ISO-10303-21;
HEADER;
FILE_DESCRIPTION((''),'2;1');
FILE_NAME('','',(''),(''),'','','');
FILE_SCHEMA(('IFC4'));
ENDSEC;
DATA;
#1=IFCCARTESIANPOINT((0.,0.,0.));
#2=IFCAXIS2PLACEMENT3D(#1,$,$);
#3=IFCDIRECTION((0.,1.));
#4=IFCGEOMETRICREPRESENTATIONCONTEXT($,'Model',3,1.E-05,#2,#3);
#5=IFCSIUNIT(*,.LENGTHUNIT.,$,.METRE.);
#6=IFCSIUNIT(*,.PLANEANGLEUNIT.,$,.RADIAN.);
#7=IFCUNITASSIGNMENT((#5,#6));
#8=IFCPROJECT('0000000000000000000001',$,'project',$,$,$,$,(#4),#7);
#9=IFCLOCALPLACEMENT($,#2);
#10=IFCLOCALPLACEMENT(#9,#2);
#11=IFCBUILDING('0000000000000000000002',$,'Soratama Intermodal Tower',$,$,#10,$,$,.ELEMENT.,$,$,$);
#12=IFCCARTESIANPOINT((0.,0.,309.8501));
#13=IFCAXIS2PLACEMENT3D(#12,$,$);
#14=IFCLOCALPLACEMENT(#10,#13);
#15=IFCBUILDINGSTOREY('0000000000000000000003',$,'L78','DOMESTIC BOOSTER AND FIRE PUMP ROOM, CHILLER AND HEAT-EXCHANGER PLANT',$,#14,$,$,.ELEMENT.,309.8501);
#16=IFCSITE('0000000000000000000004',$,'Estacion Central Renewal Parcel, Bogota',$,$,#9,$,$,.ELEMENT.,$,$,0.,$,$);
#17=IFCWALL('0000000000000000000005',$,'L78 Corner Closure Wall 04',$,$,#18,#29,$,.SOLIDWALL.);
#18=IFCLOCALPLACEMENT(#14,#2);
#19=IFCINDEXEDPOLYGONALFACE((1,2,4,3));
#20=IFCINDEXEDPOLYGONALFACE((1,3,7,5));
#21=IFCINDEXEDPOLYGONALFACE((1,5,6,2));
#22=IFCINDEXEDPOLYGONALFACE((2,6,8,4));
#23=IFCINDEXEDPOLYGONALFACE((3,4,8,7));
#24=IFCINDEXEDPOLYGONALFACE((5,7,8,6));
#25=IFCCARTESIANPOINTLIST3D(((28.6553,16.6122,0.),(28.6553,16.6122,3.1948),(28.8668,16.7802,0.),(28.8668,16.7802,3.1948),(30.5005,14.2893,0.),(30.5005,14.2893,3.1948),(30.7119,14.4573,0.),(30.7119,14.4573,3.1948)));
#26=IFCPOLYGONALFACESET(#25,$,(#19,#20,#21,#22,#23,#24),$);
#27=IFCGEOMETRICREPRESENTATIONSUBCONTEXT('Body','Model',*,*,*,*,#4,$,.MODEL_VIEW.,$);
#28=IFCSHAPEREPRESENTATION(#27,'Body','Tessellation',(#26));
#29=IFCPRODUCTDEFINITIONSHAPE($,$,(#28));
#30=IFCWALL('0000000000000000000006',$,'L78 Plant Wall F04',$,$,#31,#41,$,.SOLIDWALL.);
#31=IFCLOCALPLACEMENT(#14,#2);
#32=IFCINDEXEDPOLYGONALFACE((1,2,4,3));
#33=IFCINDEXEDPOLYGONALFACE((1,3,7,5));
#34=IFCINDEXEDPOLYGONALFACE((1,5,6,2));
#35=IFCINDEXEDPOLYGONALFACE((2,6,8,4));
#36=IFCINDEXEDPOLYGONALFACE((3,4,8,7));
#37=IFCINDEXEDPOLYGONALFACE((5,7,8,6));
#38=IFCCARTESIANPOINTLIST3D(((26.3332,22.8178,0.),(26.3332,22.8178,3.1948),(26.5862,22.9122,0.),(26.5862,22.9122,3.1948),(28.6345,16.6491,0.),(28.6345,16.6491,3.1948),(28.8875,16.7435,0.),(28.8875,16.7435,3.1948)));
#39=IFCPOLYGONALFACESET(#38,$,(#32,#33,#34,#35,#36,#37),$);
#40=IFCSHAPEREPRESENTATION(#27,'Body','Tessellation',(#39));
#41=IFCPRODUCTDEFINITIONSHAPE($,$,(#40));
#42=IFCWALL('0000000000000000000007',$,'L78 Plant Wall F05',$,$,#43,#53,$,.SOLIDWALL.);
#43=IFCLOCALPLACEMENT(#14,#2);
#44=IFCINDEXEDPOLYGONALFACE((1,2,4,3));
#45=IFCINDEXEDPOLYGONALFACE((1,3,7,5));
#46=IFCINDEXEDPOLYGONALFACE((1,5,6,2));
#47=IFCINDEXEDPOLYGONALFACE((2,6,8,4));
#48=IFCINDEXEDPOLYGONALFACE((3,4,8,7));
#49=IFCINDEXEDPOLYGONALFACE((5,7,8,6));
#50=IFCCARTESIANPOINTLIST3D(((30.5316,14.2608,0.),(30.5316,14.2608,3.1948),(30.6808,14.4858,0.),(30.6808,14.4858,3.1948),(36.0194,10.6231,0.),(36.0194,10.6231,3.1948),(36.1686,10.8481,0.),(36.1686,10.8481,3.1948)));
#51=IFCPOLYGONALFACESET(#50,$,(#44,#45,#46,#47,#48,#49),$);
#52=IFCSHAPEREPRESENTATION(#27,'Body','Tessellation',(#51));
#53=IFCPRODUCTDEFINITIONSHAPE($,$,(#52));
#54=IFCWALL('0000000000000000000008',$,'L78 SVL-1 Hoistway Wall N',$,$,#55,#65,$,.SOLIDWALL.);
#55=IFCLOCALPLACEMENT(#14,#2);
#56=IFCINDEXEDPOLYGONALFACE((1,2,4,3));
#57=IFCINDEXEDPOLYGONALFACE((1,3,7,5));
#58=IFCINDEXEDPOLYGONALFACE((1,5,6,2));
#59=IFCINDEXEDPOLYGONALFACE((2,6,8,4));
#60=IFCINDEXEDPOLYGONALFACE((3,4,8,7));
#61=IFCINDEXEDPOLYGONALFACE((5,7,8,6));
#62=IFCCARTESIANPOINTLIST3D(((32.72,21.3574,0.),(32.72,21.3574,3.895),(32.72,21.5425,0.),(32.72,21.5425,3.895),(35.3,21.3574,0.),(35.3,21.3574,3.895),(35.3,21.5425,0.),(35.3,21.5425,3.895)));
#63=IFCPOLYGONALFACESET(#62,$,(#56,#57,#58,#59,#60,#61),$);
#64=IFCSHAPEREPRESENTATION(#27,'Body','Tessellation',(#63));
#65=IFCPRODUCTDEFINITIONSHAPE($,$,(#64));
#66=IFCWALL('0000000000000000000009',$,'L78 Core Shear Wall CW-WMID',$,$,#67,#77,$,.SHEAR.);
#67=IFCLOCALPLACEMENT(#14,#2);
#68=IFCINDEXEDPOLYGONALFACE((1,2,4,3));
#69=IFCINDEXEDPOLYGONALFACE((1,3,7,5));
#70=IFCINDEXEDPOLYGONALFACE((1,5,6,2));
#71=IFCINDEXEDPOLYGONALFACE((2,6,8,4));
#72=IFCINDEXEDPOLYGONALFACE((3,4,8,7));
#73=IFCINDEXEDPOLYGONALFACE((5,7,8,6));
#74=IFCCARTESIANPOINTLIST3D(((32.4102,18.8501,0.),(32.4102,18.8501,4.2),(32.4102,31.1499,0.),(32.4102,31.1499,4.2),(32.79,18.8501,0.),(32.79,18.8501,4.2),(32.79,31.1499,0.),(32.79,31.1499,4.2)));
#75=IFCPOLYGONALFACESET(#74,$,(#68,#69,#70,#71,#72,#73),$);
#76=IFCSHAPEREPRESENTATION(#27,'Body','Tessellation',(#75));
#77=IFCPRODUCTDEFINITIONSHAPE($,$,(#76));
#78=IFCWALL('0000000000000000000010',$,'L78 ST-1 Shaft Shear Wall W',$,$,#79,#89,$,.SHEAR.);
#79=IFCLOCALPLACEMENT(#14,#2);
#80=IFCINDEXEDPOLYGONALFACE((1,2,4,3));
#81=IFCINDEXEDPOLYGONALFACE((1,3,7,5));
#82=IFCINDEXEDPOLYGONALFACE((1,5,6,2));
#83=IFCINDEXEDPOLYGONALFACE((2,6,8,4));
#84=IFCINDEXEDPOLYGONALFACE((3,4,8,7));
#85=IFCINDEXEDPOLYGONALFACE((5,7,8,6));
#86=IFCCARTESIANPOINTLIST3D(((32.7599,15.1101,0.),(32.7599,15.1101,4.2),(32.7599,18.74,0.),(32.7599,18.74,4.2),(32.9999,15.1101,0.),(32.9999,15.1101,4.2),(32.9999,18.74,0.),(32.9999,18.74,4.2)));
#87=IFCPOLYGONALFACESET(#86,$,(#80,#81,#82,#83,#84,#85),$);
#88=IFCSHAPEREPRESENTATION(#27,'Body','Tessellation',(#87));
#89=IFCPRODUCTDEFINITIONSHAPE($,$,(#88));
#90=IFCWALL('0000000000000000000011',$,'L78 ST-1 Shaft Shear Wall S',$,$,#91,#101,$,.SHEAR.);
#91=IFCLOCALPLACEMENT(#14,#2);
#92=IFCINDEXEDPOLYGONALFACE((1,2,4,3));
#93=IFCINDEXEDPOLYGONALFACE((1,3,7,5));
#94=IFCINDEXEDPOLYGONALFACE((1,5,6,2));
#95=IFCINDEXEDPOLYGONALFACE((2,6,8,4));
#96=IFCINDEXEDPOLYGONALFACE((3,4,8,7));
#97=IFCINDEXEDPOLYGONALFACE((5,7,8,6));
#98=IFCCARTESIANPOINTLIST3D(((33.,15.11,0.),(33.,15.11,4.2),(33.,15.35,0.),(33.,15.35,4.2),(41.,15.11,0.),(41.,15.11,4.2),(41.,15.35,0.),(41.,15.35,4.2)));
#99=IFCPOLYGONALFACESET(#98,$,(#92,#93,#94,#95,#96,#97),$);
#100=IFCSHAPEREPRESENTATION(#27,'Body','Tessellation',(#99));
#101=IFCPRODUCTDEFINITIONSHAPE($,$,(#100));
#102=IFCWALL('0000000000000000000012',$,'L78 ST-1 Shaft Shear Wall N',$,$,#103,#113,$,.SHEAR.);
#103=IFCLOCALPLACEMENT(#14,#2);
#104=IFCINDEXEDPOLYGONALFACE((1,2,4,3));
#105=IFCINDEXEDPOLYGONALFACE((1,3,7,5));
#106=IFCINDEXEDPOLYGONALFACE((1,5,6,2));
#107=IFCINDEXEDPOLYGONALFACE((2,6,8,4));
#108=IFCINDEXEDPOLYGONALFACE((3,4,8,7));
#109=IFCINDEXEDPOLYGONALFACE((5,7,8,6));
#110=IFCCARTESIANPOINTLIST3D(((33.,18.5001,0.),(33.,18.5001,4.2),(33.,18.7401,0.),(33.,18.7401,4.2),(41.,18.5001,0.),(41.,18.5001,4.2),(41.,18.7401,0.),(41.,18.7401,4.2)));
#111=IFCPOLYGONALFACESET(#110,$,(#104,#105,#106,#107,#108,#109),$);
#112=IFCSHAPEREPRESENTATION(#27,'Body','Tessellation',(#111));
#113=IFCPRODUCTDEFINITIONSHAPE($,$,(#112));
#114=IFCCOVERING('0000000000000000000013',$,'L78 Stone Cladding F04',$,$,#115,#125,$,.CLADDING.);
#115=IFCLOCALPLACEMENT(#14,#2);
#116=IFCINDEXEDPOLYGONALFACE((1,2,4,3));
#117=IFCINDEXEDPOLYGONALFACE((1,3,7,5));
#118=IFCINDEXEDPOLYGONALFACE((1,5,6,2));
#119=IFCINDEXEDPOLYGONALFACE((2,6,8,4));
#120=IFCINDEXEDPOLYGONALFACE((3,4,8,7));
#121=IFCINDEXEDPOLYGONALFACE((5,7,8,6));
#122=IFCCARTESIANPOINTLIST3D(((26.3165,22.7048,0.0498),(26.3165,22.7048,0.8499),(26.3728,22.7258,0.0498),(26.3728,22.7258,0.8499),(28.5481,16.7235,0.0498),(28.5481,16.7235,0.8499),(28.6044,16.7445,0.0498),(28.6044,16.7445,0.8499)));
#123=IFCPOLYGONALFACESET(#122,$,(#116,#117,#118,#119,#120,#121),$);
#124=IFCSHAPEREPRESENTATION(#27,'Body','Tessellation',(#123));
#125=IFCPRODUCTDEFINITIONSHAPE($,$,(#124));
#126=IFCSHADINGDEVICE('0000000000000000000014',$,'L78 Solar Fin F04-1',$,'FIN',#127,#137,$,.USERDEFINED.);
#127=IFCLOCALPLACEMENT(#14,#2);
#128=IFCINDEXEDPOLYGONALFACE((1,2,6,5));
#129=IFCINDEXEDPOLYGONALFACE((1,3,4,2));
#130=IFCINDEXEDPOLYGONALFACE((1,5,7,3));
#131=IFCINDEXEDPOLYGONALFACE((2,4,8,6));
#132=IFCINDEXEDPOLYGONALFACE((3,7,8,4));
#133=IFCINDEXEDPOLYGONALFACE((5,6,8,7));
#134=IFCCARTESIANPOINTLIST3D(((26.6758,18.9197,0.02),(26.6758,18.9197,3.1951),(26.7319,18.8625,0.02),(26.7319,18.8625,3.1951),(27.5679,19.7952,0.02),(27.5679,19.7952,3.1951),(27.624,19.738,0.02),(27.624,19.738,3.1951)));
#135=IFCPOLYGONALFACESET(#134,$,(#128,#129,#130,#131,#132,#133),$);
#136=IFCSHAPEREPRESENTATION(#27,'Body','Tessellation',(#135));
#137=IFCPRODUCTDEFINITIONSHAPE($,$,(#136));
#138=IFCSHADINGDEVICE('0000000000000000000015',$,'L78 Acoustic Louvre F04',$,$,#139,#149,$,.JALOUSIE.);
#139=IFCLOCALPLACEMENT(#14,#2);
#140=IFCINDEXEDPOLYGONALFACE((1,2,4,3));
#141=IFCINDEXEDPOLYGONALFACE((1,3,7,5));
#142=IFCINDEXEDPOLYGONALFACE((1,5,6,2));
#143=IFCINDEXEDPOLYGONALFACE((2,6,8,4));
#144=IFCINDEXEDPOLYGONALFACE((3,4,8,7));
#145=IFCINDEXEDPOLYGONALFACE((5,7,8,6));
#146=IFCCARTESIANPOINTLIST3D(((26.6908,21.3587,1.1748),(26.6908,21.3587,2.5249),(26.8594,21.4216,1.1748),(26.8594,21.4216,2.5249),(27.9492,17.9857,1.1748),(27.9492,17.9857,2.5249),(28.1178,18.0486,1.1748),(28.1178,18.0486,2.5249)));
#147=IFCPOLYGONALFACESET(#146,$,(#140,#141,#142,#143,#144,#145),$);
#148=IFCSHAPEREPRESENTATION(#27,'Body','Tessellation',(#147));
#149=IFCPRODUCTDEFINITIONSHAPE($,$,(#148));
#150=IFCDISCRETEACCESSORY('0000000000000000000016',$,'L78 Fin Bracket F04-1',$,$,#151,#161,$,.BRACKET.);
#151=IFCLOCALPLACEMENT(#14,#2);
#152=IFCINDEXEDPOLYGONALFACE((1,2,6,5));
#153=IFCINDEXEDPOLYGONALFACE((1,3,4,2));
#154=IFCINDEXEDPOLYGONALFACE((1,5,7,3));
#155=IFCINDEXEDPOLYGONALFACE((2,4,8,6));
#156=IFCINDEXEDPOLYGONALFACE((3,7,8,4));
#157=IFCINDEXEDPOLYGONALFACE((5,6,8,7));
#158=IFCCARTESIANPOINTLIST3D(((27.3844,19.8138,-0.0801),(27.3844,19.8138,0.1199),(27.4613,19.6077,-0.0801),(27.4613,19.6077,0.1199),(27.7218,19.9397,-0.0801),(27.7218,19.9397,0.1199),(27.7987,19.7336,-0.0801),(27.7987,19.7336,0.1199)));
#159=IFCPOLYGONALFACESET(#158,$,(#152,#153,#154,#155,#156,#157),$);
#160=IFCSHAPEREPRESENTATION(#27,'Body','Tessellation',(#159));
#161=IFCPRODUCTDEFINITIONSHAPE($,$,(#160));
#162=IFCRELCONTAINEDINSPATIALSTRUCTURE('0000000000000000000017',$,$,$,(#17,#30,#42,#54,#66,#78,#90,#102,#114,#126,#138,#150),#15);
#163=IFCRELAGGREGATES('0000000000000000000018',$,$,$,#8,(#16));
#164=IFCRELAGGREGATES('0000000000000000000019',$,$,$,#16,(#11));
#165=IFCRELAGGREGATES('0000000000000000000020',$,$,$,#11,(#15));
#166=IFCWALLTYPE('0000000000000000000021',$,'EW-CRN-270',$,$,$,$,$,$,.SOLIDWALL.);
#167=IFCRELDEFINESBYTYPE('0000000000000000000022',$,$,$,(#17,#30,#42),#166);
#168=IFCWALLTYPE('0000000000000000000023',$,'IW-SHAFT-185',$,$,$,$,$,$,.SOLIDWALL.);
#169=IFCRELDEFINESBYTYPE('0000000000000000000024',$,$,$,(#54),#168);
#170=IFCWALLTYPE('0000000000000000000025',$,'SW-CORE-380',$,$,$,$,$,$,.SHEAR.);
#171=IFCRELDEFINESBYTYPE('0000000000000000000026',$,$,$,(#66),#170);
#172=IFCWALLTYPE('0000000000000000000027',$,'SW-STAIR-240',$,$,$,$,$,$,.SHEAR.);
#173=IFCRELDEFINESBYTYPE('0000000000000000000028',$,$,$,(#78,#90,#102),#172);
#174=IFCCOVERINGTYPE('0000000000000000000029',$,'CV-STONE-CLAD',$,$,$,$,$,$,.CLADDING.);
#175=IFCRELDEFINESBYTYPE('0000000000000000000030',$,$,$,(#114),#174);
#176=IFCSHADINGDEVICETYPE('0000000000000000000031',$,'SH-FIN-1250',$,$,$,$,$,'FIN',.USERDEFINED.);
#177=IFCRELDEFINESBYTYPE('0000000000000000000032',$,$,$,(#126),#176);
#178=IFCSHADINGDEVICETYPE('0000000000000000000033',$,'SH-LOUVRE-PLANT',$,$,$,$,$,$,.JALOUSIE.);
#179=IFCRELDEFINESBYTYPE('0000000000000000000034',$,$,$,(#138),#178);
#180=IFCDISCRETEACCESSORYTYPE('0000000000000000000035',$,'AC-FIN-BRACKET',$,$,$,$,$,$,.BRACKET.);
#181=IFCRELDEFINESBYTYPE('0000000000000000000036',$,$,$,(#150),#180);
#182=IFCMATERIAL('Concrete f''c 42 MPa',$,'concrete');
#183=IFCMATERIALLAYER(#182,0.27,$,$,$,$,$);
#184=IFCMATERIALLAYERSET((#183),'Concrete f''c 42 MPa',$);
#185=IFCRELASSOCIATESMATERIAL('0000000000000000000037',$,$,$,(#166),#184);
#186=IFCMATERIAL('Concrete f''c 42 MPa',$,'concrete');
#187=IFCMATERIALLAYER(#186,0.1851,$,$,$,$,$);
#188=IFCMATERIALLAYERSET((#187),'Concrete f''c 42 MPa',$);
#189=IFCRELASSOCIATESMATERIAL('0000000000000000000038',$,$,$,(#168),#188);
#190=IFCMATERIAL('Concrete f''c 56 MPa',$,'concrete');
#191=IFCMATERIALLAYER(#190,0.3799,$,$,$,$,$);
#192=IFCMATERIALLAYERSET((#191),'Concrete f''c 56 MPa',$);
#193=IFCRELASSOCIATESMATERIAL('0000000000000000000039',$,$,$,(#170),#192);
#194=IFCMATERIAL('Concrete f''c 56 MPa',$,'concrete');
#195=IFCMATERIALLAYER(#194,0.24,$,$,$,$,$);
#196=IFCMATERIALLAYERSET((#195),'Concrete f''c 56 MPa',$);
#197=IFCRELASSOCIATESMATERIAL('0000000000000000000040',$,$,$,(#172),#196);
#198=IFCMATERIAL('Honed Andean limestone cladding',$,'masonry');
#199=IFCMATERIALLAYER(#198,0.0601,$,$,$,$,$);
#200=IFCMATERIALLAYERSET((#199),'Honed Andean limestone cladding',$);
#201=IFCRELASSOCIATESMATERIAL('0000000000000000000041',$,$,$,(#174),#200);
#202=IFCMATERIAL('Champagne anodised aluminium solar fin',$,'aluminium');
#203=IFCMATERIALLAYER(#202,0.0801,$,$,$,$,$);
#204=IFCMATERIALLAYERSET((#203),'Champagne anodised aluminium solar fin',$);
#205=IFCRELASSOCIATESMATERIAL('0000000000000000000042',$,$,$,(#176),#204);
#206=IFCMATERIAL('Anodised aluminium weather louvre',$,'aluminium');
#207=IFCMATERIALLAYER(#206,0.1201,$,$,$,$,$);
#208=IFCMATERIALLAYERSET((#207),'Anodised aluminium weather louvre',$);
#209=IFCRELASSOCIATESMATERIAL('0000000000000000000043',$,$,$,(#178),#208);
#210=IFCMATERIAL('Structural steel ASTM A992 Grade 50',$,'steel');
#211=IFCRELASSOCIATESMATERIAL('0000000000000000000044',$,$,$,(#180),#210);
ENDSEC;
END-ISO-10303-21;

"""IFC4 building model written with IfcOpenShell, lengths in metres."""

from ifc_helpers import new_model, si_unit, direction, frame, frame_2d, origin, origin_2d, place, context, subcontext, project, spatial, rectangle, extrude, material, layer, layer_set, type_object, element, save


model = new_model("IFC4")

# Units and contexts
model_context = context("Model", 3, precision=1e-05, world=origin(), true_north=direction((0.0, 1.0)))
body_context = subcontext(model_context, "Body", "Model", "MODEL_VIEW")
ifc_project = project(units=[si_unit("LENGTHUNIT", "METRE"), si_unit("PLANEANGLEUNIT", "RADIAN")], contexts=[model_context])

# Site, building, storey
site_placement = place(None, origin())
site = spatial("IfcSite", under=ifc_project, at=site_placement, Name="Estacion Central Renewal Parcel, Bogota", CompositionType="ELEMENT", RefElevation=0.0)
building_placement = place(site_placement, origin())
building = spatial("IfcBuilding", under=site, at=building_placement, Name="Soratama Intermodal Tower", CompositionType="ELEMENT")
storey_placement = place(building_placement, frame((0.0, 0.0, 309.8501)))
storey = spatial("IfcBuildingStorey", under=building, at=storey_placement, Name="L78", Description="DOMESTIC BOOSTER AND FIRE PUMP ROOM, CHILLER AND HEAT-EXCHANGER PLANT", CompositionType="ELEMENT", Elevation=309.8501)

# Walls
ifc_material_1 = material(Name="Concrete f'c 42 MPa", Category="concrete")
ifc_layer_1 = layer(ifc_material_1, 0.27)
ifc_layer_set_1 = layer_set([ifc_layer_1], Name="Concrete f'c 42 MPa")
wall_type_1 = type_object("IfcWallType", Name="EW-CRN-270", PredefinedType="SOLIDWALL", material=ifc_layer_set_1)
wall_1_placement = place(storey_placement, frame((28.761, 16.6963, 0.0), z_axis=(0.0, 0.0, 1.0), x_axis=(0.621982, -0.783032, 0.0)))
element("IfcWall", 1, at=wall_1_placement, inside=storey, type_object=wall_type_1, Name="L78 Corner Closure Wall 04", PredefinedType="SOLIDWALL", context=body_context, shape_type="SweptSolid", body=[
    extrude(rectangle(XDim=2.9666, YDim=0.27, at=frame_2d((1.4834, 0.0))), origin(), (0.0, 0.0, 1.0), 3.1948),
])
for number, where, z_axis, x_axis, name in (
    (2, (26.4597, 22.865, 0.0), (0.0, 0.0, 1.0), (0.349526, -0.936927, 0.0), "L78 Plant Wall F04"),
    (3, (30.6062, 14.3733, 0.0), (0.0, 0.0, 1.0), (0.833508, -0.552508, 0.0), "L78 Plant Wall F05"),
):
    element("IfcWall", number, at=place(storey_placement, frame(where, z_axis=z_axis, x_axis=x_axis)), inside=storey, type_object=wall_type_1, Name=name, PredefinedType="SOLIDWALL", context=body_context, shape_type="SweptSolid", body=[
        extrude(rectangle(XDim=6.584, YDim=0.27, at=frame_2d((3.292, 0.0))), origin(), (0.0, 0.0, 1.0), 3.1948),
    ])
ifc_material_2 = material(Name="Concrete f'c 42 MPa", Category="concrete")
ifc_layer_2 = layer(ifc_material_2, 0.1851)
ifc_layer_set_2 = layer_set([ifc_layer_2], Name="Concrete f'c 42 MPa")
wall_type_2 = type_object("IfcWallType", Name="IW-SHAFT-185", PredefinedType="SOLIDWALL", material=ifc_layer_set_2)
wall_2_placement = place(storey_placement, frame((32.72, 21.45, 0.0), z_axis=(0.0, 0.0, 1.0), x_axis=(1.0, 0.0, 0.0)))
element("IfcWall", 4, at=wall_2_placement, inside=storey, type_object=wall_type_2, Name="L78 SVL-1 Hoistway Wall N", PredefinedType="SOLIDWALL", context=body_context, shape_type="SweptSolid", body=[
    extrude(rectangle(XDim=2.5801, YDim=0.1851, at=frame_2d((1.29, 0.0))), origin(), (0.0, 0.0, 1.0), 3.895),
])
ifc_material_3 = material(Name="Concrete f'c 56 MPa", Category="concrete")
ifc_layer_3 = layer(ifc_material_3, 0.3799)
ifc_layer_set_3 = layer_set([ifc_layer_3], Name="Concrete f'c 56 MPa")
wall_type_3 = type_object("IfcWallType", Name="SW-CORE-380", PredefinedType="SHEAR", material=ifc_layer_set_3)
wall_3_placement = place(storey_placement, frame((32.6001, 18.8501, 0.0), z_axis=(0.0, 0.0, 1.0), x_axis=(0.0, 1.0, 0.0)))
element("IfcWall", 5, at=wall_3_placement, inside=storey, type_object=wall_type_3, Name="L78 Core Shear Wall CW-WMID", PredefinedType="SHEAR", context=body_context, shape_type="SweptSolid", body=[
    extrude(rectangle(XDim=12.2998, YDim=0.3799, at=frame_2d((6.1499, 0.0))), origin(), (0.0, 0.0, 1.0), 4.2),
])
ifc_material_4 = material(Name="Concrete f'c 56 MPa", Category="concrete")
ifc_layer_4 = layer(ifc_material_4, 0.24)
ifc_layer_set_4 = layer_set([ifc_layer_4], Name="Concrete f'c 56 MPa")
wall_type_4 = type_object("IfcWallType", Name="SW-STAIR-240", PredefinedType="SHEAR", material=ifc_layer_set_4)
wall_4_placement = place(storey_placement, frame((32.8799, 15.1101, 0.0), z_axis=(0.0, 0.0, 1.0), x_axis=(0.0, 1.0, 0.0)))
element("IfcWall", 6, at=wall_4_placement, inside=storey, type_object=wall_type_4, Name="L78 ST-1 Shaft Shear Wall W", PredefinedType="SHEAR", context=body_context, shape_type="SweptSolid", body=[
    extrude(rectangle(XDim=3.6299, YDim=0.24, at=frame_2d((1.8149, 0.0))), origin(), (0.0, 0.0, 1.0), 4.2),
])
for number, where, z_axis, x_axis, name in (
    (7, (33.0, 15.23, 0.0), (0.0, 0.0, 1.0), (1.0, 0.0, 0.0), "L78 ST-1 Shaft Shear Wall S"),
    (8, (33.0, 18.6201, 0.0), (0.0, 0.0, 1.0), (1.0, 0.0, 0.0), "L78 ST-1 Shaft Shear Wall N"),
):
    element("IfcWall", number, at=place(storey_placement, frame(where, z_axis=z_axis, x_axis=x_axis)), inside=storey, type_object=wall_type_4, Name=name, PredefinedType="SHEAR", context=body_context, shape_type="SweptSolid", body=[
        extrude(rectangle(XDim=8.0, YDim=0.24, at=frame_2d((4.0, 0.0))), origin(), (0.0, 0.0, 1.0), 4.2),
    ])

# Covering
ifc_material_5 = material(Name="Honed Andean limestone cladding", Category="masonry")
ifc_layer_5 = layer(ifc_material_5, 0.0601)
ifc_layer_set_5 = layer_set([ifc_layer_5], Name="Honed Andean limestone cladding")
covering_type = type_object("IfcCoveringType", Name="CV-STONE-CLAD", PredefinedType="CLADDING", material=ifc_layer_set_5)
covering_placement = place(storey_placement, frame((27.4604, 19.7246, 0.0498), z_axis=(0.0, 0.0, 1.0), x_axis=(0.349553, -0.936916, 0.0)))
element("IfcCovering", 9, at=covering_placement, inside=storey, type_object=covering_type, Name="L78 Stone Cladding F04", PredefinedType="CLADDING", context=body_context, shape_type="SweptSolid", body=[
    extrude(rectangle(XDim=6.384, YDim=0.0601, at=origin_2d()), origin(), (0.0, 0.0, 1.0), 0.8),
])

# Shading devices
ifc_material_6 = material(Name="Champagne anodised aluminium solar fin", Category="aluminium")
ifc_layer_6 = layer(ifc_material_6, 0.0801)
ifc_layer_set_6 = layer_set([ifc_layer_6], Name="Champagne anodised aluminium solar fin")
shading_device_type_1 = type_object("IfcShadingDeviceType", Name="SH-FIN-1250", ElementType="FIN", PredefinedType="USERDEFINED", material=ifc_layer_set_6)
shading_device_1_placement = place(storey_placement, frame((27.1499, 19.3289, 0.02), z_axis=(0.0, 0.0, 1.0), x_axis=(-0.71374, -0.700411, 0.0)))
element("IfcShadingDevice", 10, at=shading_device_1_placement, inside=storey, type_object=shading_device_type_1, Name="L78 Solar Fin F04-1", ObjectType="FIN", PredefinedType="USERDEFINED", context=body_context, shape_type="SweptSolid", body=[
    extrude(rectangle(XDim=1.25, YDim=0.0801, at=origin_2d()), origin(), (0.0, 0.0, 1.0), 3.175),
])
ifc_material_7 = material(Name="Anodised aluminium weather louvre", Category="aluminium")
ifc_layer_7 = layer(ifc_material_7, 0.1201)
ifc_layer_set_7 = layer_set([ifc_layer_7], Name="Anodised aluminium weather louvre")
shading_device_type_2 = type_object("IfcShadingDeviceType", Name="SH-LOUVRE-PLANT", PredefinedType="JALOUSIE", material=ifc_layer_set_7)
shading_device_2_placement = place(storey_placement, frame((27.4043, 19.7036, 1.1748), z_axis=(0.0, 0.0, 1.0), x_axis=(0.349553, -0.936916, 0.0)))
element("IfcShadingDevice", 11, at=shading_device_2_placement, inside=storey, type_object=shading_device_type_2, Name="L78 Acoustic Louvre F04", PredefinedType="JALOUSIE", context=body_context, shape_type="SweptSolid", body=[
    extrude(rectangle(XDim=3.6001, YDim=0.1799, at=origin_2d()), origin(), (0.0, 0.0, 1.0), 1.3501),
])

# Discrete accessory
ifc_material_8 = material(Name="Structural steel ASTM A992 Grade 50", Category="steel")
discrete_accessory_type = type_object("IfcDiscreteAccessoryType", Name="AC-FIN-BRACKET", PredefinedType="BRACKET", material=ifc_material_8)
discrete_accessory_placement = place(storey_placement, frame((27.5916, 19.7737, -0.0801), z_axis=(0.0, 0.0, 1.0), x_axis=(-0.936916, -0.349553, 0.0)))
element("IfcDiscreteAccessory", 12, at=discrete_accessory_placement, inside=storey, type_object=discrete_accessory_type, Name="L78 Fin Bracket F04-1", PredefinedType="BRACKET", context=body_context, shape_type="SweptSolid", body=[
    extrude(rectangle(XDim=0.3601, YDim=0.22, at=origin_2d()), origin(), (0.0, 0.0, 1.0), 0.2),
])

save(model, "model.ifc")
